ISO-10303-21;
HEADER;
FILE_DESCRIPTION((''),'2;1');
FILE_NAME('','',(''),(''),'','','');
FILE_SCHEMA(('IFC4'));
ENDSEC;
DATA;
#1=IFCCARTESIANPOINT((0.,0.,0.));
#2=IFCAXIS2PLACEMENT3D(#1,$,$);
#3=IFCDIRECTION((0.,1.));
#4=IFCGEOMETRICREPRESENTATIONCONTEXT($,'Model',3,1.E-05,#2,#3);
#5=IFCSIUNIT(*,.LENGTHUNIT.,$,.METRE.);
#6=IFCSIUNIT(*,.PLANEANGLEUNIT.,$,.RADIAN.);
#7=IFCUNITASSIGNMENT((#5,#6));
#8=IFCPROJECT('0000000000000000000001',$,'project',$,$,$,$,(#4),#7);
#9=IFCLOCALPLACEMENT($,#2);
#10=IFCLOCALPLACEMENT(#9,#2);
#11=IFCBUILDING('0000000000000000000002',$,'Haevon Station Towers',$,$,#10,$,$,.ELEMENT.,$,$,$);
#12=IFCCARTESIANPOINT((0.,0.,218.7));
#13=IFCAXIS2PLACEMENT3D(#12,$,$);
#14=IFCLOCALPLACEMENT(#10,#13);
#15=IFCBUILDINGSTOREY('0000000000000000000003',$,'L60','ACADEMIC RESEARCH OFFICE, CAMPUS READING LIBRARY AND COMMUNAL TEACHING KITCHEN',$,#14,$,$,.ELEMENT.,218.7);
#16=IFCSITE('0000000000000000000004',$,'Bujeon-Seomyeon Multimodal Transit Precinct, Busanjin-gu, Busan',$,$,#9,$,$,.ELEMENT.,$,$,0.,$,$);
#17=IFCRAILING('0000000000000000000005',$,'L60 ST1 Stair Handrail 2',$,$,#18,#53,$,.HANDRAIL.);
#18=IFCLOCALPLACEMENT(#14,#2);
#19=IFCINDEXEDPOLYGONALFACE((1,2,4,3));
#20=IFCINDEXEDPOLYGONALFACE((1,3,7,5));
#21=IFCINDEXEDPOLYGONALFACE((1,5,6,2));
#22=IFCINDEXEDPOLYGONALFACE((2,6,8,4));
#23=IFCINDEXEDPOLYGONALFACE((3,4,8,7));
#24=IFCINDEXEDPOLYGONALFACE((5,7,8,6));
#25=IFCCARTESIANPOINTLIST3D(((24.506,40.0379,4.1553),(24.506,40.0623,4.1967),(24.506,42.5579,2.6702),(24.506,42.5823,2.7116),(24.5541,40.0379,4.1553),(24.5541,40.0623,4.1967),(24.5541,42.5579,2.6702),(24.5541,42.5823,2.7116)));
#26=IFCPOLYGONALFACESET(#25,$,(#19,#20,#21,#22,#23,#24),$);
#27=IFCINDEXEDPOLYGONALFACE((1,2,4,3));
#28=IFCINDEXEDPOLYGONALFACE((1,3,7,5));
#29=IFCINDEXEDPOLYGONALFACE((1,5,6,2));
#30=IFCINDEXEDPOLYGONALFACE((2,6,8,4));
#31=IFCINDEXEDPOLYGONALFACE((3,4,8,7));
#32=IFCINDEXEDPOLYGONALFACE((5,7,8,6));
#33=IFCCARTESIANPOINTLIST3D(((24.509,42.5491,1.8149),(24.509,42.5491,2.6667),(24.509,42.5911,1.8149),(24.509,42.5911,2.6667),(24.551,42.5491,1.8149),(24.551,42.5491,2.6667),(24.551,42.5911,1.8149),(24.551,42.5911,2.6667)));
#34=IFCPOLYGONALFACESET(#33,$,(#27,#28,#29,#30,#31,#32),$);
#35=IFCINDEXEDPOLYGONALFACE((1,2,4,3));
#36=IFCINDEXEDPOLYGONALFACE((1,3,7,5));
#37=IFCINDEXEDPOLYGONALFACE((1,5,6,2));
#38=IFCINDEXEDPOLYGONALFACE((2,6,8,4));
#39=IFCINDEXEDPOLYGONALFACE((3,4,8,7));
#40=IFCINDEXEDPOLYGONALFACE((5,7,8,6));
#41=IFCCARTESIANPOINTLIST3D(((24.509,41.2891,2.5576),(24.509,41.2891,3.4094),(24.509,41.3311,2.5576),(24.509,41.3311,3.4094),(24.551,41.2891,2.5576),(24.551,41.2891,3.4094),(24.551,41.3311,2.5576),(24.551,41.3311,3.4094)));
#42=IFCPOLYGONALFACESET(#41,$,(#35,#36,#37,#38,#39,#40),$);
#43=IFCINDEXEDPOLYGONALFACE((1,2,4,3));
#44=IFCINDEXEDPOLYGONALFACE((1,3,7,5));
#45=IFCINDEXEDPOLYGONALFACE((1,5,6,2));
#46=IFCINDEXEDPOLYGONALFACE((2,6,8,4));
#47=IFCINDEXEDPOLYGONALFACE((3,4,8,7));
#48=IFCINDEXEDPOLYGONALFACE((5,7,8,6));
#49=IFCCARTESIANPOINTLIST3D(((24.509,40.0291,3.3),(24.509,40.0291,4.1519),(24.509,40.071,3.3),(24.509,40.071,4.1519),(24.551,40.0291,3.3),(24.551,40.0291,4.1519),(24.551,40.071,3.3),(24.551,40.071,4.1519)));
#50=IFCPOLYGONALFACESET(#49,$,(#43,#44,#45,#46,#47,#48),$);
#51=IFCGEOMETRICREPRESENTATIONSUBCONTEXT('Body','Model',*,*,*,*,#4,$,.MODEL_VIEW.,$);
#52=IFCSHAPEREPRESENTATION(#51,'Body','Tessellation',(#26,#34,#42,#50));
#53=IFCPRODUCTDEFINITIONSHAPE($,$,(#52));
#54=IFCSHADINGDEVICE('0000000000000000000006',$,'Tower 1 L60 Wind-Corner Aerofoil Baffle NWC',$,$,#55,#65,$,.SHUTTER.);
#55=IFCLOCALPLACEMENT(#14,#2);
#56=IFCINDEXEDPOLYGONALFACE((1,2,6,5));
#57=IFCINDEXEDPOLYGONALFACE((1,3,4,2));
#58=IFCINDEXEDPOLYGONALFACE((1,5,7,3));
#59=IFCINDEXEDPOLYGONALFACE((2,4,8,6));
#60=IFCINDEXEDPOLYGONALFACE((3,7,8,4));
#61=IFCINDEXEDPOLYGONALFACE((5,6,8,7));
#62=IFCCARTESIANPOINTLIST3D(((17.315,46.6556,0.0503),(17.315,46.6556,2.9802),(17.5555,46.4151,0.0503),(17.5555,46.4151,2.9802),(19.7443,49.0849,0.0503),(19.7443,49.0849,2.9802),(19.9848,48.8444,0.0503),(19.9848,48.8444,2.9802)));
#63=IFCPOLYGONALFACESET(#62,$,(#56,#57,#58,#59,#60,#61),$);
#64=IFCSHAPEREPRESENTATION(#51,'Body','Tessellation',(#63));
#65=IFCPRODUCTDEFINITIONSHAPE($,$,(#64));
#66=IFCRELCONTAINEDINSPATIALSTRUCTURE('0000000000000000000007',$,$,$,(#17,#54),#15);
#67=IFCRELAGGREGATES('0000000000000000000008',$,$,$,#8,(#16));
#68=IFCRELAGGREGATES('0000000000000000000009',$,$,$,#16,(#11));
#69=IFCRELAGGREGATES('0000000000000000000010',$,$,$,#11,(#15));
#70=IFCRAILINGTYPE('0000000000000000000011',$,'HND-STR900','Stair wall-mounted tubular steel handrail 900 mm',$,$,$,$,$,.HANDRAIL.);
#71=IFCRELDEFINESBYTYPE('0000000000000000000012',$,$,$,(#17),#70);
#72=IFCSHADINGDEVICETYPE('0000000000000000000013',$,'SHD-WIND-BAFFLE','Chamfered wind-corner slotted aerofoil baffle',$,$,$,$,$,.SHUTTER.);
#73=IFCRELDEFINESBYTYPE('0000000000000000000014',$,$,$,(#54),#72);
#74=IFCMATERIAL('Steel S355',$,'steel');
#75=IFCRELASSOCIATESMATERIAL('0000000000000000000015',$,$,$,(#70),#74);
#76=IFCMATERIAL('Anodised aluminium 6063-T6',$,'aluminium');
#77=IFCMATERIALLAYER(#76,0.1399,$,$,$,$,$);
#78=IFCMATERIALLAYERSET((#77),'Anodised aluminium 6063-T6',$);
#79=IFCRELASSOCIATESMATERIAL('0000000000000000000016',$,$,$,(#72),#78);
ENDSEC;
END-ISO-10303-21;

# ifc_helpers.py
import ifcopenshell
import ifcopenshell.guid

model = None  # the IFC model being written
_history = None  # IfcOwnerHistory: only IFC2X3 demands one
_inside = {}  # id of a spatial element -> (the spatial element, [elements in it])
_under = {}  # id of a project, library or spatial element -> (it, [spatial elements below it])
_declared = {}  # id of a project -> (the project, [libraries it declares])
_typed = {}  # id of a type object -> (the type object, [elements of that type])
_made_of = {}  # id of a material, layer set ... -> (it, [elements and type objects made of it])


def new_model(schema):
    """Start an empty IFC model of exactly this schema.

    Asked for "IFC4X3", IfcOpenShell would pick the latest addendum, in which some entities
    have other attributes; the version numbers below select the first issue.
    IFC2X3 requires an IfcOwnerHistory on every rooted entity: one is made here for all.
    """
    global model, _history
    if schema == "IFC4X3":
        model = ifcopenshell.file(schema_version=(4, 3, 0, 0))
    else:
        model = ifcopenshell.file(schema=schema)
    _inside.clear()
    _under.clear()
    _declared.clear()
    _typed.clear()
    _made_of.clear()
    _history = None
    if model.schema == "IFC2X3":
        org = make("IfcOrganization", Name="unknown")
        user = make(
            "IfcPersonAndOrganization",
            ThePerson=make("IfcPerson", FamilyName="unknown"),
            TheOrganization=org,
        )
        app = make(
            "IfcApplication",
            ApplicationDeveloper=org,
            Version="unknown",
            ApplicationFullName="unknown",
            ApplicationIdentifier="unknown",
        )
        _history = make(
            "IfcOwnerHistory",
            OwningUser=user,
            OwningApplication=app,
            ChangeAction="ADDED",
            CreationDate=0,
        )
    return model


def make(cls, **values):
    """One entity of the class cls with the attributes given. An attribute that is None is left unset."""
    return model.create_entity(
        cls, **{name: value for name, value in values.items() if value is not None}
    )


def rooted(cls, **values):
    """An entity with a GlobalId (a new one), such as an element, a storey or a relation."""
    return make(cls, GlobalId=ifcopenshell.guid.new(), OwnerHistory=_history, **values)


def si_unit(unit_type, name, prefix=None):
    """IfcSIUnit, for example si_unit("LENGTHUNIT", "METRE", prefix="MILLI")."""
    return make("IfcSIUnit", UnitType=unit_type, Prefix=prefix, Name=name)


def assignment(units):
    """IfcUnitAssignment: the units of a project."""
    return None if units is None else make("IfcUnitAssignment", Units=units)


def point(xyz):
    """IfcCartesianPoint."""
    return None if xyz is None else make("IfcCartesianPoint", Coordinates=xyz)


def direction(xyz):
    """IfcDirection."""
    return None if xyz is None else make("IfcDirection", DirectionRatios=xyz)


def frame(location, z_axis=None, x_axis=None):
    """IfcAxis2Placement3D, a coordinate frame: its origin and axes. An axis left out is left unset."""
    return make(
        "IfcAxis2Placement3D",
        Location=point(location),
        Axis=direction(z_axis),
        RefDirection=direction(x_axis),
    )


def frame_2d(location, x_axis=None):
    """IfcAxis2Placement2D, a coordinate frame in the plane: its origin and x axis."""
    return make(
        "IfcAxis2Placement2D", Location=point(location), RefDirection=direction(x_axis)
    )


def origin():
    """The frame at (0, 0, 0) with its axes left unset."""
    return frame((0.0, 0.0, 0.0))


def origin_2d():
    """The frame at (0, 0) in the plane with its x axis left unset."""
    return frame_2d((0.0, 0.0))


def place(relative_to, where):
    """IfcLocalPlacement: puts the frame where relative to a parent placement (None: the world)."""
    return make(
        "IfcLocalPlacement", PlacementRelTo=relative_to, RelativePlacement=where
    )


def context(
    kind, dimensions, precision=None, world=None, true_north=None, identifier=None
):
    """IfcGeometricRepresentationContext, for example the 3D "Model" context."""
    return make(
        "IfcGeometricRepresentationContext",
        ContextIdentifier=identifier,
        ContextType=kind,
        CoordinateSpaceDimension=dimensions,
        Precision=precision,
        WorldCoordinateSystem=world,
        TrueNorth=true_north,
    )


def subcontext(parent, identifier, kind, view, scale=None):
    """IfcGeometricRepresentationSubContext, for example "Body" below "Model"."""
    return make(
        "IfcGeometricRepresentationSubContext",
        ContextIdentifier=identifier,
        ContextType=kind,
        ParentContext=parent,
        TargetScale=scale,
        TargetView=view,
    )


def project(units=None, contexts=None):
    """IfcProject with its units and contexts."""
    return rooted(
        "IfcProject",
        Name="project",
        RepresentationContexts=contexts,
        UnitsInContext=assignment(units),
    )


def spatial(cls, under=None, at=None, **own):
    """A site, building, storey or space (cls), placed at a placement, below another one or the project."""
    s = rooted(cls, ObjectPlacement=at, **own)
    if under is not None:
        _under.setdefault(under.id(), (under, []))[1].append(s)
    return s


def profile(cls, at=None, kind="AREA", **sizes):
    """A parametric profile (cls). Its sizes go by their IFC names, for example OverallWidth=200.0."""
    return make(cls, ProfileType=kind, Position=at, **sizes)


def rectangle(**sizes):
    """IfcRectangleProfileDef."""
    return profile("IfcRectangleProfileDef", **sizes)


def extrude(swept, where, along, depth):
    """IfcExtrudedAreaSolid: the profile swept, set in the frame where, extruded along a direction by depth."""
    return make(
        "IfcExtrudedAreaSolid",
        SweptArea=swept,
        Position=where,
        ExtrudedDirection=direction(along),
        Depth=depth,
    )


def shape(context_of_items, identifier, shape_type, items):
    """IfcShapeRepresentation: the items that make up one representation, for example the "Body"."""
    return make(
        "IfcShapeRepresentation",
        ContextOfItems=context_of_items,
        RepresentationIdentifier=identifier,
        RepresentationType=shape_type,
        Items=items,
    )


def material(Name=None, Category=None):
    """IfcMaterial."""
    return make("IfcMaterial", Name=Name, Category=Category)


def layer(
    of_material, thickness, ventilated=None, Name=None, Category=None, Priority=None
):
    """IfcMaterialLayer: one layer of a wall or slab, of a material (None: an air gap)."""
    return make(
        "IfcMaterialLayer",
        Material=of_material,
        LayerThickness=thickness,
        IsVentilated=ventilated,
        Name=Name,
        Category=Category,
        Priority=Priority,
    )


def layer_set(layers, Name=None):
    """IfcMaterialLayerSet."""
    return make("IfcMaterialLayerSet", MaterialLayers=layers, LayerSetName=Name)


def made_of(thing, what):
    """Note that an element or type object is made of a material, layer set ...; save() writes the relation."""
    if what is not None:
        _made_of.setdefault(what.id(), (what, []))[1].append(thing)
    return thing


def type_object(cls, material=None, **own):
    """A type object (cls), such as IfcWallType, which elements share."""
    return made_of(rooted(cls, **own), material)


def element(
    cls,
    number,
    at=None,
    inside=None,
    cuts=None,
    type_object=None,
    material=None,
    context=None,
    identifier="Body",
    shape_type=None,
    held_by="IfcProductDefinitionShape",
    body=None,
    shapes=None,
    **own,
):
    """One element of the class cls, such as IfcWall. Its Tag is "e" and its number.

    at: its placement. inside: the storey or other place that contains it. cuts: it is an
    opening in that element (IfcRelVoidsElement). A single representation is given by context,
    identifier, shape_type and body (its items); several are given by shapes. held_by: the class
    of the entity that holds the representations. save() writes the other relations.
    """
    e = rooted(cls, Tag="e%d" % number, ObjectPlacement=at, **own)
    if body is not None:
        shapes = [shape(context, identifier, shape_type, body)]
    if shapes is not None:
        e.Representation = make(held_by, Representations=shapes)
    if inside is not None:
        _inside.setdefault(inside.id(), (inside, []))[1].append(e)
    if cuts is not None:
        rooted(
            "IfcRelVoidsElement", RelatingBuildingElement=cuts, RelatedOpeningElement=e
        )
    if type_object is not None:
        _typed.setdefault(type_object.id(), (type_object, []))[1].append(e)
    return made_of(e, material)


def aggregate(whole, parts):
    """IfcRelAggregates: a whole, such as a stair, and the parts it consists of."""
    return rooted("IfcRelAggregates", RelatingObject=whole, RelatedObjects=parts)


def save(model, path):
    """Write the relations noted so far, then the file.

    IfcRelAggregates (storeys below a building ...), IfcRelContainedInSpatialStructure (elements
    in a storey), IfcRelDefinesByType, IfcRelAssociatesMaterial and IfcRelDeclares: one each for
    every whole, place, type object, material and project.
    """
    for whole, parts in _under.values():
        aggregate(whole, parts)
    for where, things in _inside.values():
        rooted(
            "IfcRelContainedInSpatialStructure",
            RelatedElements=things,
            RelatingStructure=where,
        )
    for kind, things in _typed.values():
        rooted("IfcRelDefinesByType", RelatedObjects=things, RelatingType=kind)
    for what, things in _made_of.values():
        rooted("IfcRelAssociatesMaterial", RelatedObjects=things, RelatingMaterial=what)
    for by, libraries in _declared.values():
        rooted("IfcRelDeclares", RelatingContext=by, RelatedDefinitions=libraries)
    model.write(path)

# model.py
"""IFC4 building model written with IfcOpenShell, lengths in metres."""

from ifc_helpers import new_model, si_unit, direction, frame, origin, origin_2d, place, context, subcontext, project, spatial, rectangle, extrude, material, layer, layer_set, type_object, element, save


model = new_model("IFC4")

# Units and contexts
model_context = context("Model", 3, precision=1e-05, world=origin(), true_north=direction((0.0, 1.0)))
body_context = subcontext(model_context, "Body", "Model", "MODEL_VIEW")
ifc_project = project(units=[si_unit("LENGTHUNIT", "METRE"), si_unit("PLANEANGLEUNIT", "RADIAN")], contexts=[model_context])

# Site, building, storey
site_placement = place(None, origin())
site = spatial("IfcSite", under=ifc_project, at=site_placement, Name="Bujeon-Seomyeon Multimodal Transit Precinct, Busanjin-gu, Busan", CompositionType="ELEMENT", RefElevation=0.0)
building_placement = place(site_placement, origin())
building = spatial("IfcBuilding", under=site, at=building_placement, Name="Haevon Station Towers", CompositionType="ELEMENT")
storey_placement = place(building_placement, frame((0.0, 0.0, 218.7)))
storey = spatial("IfcBuildingStorey", under=building, at=storey_placement, Name="L60", Description="ACADEMIC RESEARCH OFFICE, CAMPUS READING LIBRARY AND COMMUNAL TEACHING KITCHEN", CompositionType="ELEMENT", Elevation=218.7)

# Shared definitions
ifc_material_1 = material(Name="Steel S355", Category="steel")

# Railing
railing_type_1 = type_object("IfcRailingType", Name="HND-STR900", Description="Stair wall-mounted tubular steel handrail 900 mm", PredefinedType="HANDRAIL", material=ifc_material_1)
railing_1_placement = place(storey_placement, frame((24.53, 42.5701, 1.8149)))
element("IfcRailing", 1, at=railing_1_placement, inside=storey, type_object=railing_type_1, Name="L60 ST1 Stair Handrail 2", PredefinedType="HANDRAIL", context=body_context, shape_type="SweptSolid", body=[
    extrude(rectangle(XDim=0.0481, YDim=0.0481, at=origin_2d()), frame((0.0, 0.0, 0.876), z_axis=(0.0, -0.861524, 0.507717), x_axis=(1.0, 0.0, 0.0)), (0.0, 0.0, 1.0), 2.925),
    extrude(rectangle(XDim=0.042, YDim=0.042, at=origin_2d()), origin(), (0.0, 0.0, 1.0), 0.8518),
    extrude(rectangle(XDim=0.042, YDim=0.042, at=origin_2d()), frame((0.0, -1.26, 0.7427)), (0.0, 0.0, 1.0), 0.8518),
    extrude(rectangle(XDim=0.042, YDim=0.042, at=origin_2d()), frame((0.0, -2.52, 1.4851)), (0.0, 0.0, 1.0), 0.8518),
])

# Shading device
ifc_material_2 = material(Name="Anodised aluminium 6063-T6", Category="aluminium")
ifc_layer_1 = layer(ifc_material_2, 0.1399)
ifc_layer_set_1 = layer_set([ifc_layer_1], Name="Anodised aluminium 6063-T6")
shading_device_type = type_object("IfcShadingDeviceType", Name="SHD-WIND-BAFFLE", Description="Chamfered wind-corner slotted aerofoil baffle", PredefinedType="SHUTTER", material=ifc_layer_set_1)
shading_device_placement = place(storey_placement, frame((18.6499, 47.75, 0.0503), z_axis=(0.0, 0.0, 1.0), x_axis=(0.707107, 0.707107, 0.0)))
element("IfcShadingDevice", 2, at=shading_device_placement, inside=storey, type_object=shading_device_type, Name="Tower 1 L60 Wind-Corner Aerofoil Baffle NWC", PredefinedType="SHUTTER", context=body_context, shape_type="SweptSolid", body=[
    extrude(rectangle(XDim=3.4355, YDim=0.3401, at=origin_2d()), origin(), (0.0, 0.0, 1.0), 2.9299),
])

save(model, "model.ifc")
